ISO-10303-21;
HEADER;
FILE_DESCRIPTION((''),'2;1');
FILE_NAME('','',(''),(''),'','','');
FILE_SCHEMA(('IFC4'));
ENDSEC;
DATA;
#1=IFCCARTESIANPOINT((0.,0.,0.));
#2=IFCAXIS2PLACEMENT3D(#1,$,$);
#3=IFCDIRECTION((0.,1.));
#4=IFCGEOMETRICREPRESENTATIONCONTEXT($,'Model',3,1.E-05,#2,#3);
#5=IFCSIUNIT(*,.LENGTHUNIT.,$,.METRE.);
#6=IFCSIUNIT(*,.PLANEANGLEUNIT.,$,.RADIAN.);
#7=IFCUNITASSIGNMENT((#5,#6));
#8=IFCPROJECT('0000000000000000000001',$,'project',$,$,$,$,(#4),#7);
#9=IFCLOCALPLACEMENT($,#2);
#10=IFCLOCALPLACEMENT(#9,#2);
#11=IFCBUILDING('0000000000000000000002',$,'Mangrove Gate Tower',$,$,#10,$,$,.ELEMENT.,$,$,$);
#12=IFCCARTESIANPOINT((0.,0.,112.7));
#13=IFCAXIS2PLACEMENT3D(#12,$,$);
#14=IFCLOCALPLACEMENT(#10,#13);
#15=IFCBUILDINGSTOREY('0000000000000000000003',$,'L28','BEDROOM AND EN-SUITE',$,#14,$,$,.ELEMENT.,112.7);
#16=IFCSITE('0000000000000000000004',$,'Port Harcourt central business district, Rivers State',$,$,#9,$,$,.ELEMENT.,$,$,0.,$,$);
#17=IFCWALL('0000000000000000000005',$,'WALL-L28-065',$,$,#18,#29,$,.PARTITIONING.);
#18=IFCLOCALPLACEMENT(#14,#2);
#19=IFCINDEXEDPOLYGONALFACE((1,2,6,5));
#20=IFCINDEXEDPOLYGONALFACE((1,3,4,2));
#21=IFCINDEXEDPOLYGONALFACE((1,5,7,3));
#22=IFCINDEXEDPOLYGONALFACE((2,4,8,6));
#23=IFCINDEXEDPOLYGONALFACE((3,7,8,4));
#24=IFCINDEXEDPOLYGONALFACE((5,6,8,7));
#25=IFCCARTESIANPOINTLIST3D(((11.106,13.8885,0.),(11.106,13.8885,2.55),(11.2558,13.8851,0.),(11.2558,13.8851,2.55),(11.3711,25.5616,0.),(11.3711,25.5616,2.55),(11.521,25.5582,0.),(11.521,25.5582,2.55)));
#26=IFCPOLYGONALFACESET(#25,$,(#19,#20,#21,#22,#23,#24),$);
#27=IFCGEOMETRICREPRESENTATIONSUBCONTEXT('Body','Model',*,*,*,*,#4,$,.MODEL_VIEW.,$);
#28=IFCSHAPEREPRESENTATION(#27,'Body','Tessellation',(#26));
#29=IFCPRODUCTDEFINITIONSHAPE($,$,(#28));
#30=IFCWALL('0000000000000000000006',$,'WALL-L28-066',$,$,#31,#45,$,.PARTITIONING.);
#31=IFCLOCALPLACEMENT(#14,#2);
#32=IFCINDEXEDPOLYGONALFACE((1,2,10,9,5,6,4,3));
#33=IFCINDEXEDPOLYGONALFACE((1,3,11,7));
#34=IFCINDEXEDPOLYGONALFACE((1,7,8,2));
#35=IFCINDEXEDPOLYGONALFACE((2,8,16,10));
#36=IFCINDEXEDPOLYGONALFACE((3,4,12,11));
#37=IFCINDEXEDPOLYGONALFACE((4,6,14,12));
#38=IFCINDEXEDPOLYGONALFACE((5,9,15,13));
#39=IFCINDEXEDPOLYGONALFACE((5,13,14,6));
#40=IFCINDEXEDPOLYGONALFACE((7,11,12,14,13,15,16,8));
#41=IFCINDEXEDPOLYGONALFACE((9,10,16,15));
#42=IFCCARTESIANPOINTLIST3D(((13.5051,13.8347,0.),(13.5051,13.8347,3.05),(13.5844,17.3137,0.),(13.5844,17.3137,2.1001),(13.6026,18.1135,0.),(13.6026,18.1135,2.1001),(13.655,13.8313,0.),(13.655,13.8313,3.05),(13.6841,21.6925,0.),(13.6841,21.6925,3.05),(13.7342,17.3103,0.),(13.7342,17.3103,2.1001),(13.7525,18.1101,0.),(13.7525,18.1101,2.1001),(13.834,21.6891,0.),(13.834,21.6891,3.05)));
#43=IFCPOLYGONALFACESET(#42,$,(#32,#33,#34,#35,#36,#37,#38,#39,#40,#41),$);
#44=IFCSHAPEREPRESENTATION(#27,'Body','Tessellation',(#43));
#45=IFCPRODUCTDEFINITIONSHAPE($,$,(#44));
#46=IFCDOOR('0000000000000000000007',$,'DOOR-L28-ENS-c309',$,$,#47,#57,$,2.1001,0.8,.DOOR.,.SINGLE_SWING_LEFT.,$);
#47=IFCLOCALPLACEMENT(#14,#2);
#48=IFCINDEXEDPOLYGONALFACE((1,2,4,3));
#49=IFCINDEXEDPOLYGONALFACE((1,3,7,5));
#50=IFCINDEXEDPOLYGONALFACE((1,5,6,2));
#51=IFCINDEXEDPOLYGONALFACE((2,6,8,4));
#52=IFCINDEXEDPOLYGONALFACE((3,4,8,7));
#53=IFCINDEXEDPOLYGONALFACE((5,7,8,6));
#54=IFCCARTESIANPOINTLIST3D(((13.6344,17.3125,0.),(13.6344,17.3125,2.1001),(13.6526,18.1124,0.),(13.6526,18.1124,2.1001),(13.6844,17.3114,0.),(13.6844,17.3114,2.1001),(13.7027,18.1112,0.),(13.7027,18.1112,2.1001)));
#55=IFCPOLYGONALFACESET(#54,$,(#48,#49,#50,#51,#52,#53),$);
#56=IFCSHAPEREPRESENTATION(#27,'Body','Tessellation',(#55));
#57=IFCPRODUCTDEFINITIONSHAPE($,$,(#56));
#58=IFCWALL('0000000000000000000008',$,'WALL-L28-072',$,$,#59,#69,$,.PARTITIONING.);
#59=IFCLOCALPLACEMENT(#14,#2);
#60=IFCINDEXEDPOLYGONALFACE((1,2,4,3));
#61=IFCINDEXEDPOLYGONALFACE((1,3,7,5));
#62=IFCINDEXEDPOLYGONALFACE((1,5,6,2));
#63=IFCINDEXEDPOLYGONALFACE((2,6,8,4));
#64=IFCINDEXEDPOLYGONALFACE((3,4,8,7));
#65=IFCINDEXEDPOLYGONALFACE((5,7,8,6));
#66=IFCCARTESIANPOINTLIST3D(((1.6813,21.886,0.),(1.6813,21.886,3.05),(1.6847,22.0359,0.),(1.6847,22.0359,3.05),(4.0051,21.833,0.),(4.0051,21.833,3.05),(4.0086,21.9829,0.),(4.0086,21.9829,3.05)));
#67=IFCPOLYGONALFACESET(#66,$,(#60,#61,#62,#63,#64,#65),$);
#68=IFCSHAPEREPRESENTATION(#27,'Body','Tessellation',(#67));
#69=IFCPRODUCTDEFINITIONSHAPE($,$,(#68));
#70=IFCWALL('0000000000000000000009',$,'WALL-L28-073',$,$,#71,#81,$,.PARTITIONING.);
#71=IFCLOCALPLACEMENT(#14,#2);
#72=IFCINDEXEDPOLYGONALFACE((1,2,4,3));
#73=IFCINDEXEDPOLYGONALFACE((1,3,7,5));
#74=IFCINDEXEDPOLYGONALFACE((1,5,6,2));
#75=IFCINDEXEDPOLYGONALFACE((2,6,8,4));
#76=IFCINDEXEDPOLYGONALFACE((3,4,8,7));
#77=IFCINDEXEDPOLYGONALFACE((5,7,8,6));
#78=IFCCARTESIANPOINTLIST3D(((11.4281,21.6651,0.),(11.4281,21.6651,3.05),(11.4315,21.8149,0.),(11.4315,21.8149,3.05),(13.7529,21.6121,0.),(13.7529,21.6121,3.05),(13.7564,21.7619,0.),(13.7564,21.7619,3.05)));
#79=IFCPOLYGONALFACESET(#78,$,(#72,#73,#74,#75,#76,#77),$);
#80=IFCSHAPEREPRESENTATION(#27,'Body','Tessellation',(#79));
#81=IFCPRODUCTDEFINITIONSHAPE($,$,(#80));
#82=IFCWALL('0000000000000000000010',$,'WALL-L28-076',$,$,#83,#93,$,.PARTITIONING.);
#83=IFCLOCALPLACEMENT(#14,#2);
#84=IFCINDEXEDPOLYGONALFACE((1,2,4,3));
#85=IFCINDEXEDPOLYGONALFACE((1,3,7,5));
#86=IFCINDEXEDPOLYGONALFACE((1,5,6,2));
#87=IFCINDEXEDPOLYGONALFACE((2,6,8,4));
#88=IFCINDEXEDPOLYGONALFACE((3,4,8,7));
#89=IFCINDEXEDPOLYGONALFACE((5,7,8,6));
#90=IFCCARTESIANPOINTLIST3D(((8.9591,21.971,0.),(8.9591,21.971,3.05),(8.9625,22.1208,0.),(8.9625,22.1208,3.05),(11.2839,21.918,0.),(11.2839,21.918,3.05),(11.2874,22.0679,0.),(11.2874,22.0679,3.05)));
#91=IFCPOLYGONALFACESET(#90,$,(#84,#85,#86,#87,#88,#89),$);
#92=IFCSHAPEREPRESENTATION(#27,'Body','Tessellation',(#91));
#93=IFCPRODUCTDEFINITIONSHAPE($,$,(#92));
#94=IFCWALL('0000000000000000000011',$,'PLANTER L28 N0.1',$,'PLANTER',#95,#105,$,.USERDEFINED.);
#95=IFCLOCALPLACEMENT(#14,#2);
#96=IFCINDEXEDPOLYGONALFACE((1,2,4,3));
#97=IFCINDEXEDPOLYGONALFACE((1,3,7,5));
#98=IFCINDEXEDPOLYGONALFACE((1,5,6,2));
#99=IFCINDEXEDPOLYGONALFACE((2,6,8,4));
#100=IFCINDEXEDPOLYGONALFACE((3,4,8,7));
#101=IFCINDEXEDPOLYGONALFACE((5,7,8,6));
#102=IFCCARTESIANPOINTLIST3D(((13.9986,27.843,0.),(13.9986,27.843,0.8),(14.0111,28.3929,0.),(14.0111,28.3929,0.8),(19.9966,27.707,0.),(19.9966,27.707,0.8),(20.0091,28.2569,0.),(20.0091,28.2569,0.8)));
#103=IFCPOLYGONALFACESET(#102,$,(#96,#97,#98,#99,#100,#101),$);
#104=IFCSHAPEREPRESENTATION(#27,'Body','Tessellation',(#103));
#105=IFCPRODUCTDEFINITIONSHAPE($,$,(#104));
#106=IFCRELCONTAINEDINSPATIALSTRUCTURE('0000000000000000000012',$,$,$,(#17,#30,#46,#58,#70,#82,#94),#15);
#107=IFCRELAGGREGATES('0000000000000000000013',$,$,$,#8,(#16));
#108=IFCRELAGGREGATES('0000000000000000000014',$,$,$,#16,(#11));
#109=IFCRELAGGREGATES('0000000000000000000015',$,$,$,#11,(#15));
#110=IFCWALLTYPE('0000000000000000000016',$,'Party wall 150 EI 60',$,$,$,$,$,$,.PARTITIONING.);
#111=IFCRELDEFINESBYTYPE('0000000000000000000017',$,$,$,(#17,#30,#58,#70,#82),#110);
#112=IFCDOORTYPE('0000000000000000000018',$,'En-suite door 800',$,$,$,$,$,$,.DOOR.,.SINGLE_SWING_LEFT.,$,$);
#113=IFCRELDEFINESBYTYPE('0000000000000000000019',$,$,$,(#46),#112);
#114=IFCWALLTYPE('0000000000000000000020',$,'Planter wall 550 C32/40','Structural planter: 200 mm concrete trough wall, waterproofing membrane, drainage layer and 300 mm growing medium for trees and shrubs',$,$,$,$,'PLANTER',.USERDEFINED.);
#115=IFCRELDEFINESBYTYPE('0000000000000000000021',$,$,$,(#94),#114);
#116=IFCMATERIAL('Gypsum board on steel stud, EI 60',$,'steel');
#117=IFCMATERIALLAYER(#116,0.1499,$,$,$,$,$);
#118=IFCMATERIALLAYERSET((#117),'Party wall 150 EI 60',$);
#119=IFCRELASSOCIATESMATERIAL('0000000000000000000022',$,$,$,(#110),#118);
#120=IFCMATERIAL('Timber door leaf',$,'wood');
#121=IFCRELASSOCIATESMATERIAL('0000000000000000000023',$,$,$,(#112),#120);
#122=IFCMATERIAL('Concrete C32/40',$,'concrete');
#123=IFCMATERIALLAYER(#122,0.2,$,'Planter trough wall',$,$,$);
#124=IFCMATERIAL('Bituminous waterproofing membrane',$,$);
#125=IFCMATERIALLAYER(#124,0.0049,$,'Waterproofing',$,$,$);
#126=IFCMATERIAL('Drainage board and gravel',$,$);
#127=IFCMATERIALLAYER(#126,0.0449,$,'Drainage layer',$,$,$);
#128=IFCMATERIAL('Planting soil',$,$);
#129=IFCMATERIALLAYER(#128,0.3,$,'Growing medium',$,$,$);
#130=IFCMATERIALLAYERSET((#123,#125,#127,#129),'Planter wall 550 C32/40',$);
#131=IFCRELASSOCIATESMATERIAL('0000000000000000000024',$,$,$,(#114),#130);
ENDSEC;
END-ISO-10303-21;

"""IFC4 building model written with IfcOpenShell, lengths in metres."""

from ifc_helpers import new_model, si_unit, direction, frame, frame_2d, origin, place, context, subcontext, project, spatial, rectangle, extrude, material, layer, layer_set, type_object, element, fill, save


model = new_model("IFC4")

# Units and contexts
model_context = context("Model", 3, precision=1e-05, world=origin(), true_north=direction((0.0, 1.0)))
body_context = subcontext(model_context, "Body", "Model", "MODEL_VIEW")
ifc_project = project(units=[si_unit("LENGTHUNIT", "METRE"), si_unit("PLANEANGLEUNIT", "RADIAN")], contexts=[model_context])

# Site, building, storey
site_placement = place(None, origin())
site = spatial("IfcSite", under=ifc_project, at=site_placement, Name="Port Harcourt central business district, Rivers State", CompositionType="ELEMENT", RefElevation=0.0)
building_placement = place(site_placement, origin())
building = spatial("IfcBuilding", under=site, at=building_placement, Name="Mangrove Gate Tower", CompositionType="ELEMENT")
storey_placement = place(building_placement, frame((0.0, 0.0, 112.7)))
storey = spatial("IfcBuildingStorey", under=building, at=storey_placement, Name="L28", Description="BEDROOM AND EN-SUITE", CompositionType="ELEMENT", Elevation=112.7)

# Shared definitions
ifc_material_1 = material(Name="Gypsum board on steel stud, EI 60", Category="steel")
ifc_layer_1 = layer(ifc_material_1, 0.1499)
ifc_layer_set_1 = layer_set([ifc_layer_1], Name="Party wall 150 EI 60")
wall_type_1 = type_object("IfcWallType", Name="Party wall 150 EI 60", PredefinedType="PARTITIONING", material=ifc_layer_set_1)

# Shared definitions
ifc_material_2 = material(Name="Timber door leaf", Category="wood")
door_type = type_object("IfcDoorType", Name="En-suite door 800", OperationType="SINGLE_SWING_LEFT", PredefinedType="DOOR", material=ifc_material_2)

# Wall
wall_1_placement = place(storey_placement, frame((11.1809, 13.887, 0.0), z_axis=(0.0, 0.0, 1.0), x_axis=(0.022708, 0.999742, 0.0)))
element("IfcWall", 1, at=wall_1_placement, inside=storey, type_object=wall_type_1, Name="WALL-L28-065", PredefinedType="PARTITIONING", context=body_context, shape_type="SweptSolid", body=[
    extrude(rectangle(XDim=11.676, YDim=0.1499, at=frame_2d((5.8379, 0.0))), origin(), (0.0, 0.0, 1.0), 2.55),
])

# Wall, opening, door
wall_2_placement = place(storey_placement, frame((13.5801, 13.833, 0.0), z_axis=(0.0, 0.0, 1.0), x_axis=(0.022768, 0.999741, 0.0)))
wall_2 = element("IfcWall", 2, at=wall_2_placement, inside=storey, type_object=wall_type_1, Name="WALL-L28-066", PredefinedType="PARTITIONING", context=body_context, shape_type="SweptSolid", body=[
    extrude(rectangle(XDim=7.8599, YDim=0.1499, at=frame_2d((3.9299, 0.0))), origin(), (0.0, 0.0, 1.0), 3.05),
])
opening_1_placement = place(wall_2_placement, frame((3.48, 0.0, 0.0)))
opening_1 = element("IfcOpeningElement", 3, at=opening_1_placement, cuts=wall_2, PredefinedType="OPENING", context=body_context, shape_type="SweptSolid", body=[
    extrude(rectangle(XDim=0.8, YDim=2.1001, at=frame_2d((0.3999, 1.05))), frame((0.0, 0.085, 0.0), z_axis=(0.0, -1.0, 0.0), x_axis=(1.0, 0.0, 0.0)), (0.0, 0.0, 1.0), 0.1699),
])
door_1_placement = place(opening_1_placement, origin())
door_1 = element("IfcDoor", 4, at=door_1_placement, inside=storey, type_object=door_type, Name="DOOR-L28-ENS-c309", OperationType="SINGLE_SWING_LEFT", OverallHeight=2.1001, OverallWidth=0.8, PredefinedType="DOOR", context=body_context, shape_type="SweptSolid", body=[
    extrude(rectangle(XDim=0.8, YDim=2.1001, at=frame_2d((0.3999, 1.05))), frame((0.0, 0.0249, 0.0), z_axis=(0.0, -1.0, 0.0), x_axis=(1.0, 0.0, 0.0)), (0.0, 0.0, 1.0), 0.05),
])
fill(opening_1, door_1)

# Walls
wall_3_placement = place(storey_placement, frame((1.6831, 21.9609, 0.0), z_axis=(0.0, 0.0, 1.0), x_axis=(0.99974, -0.022791, 0.0)))
element("IfcWall", 5, at=wall_3_placement, inside=storey, type_object=wall_type_1, Name="WALL-L28-072", PredefinedType="PARTITIONING", context=body_context, shape_type="SweptSolid", body=[
    extrude(rectangle(XDim=2.3245, YDim=0.1499, at=frame_2d((1.1621, 0.0))), origin(), (0.0, 0.0, 1.0), 3.05),
])
for number, where, z_axis, x_axis, name in (
    (6, (11.4299, 21.74, 0.0), (0.0, 0.0, 1.0), (0.99974, -0.022781, 0.0), "WALL-L28-073"),
    (7, (8.9609, 22.0459, 0.0), (0.0, 0.0, 1.0), (0.99974, -0.022781, 0.0), "WALL-L28-076"),
):
    element("IfcWall", number, at=place(storey_placement, frame(where, z_axis=z_axis, x_axis=x_axis)), inside=storey, type_object=wall_type_1, Name=name, PredefinedType="PARTITIONING", context=body_context, shape_type="SweptSolid", body=[
        extrude(rectangle(XDim=2.3254, YDim=0.1499, at=frame_2d((1.1626, 0.0))), origin(), (0.0, 0.0, 1.0), 3.05),
    ])
ifc_material_3 = material(Name="Concrete C32/40", Category="concrete")
ifc_layer_2 = layer(ifc_material_3, 0.2, Name="Planter trough wall")
ifc_material_4 = material(Name="Bituminous waterproofing membrane")
ifc_layer_3 = layer(ifc_material_4, 0.0049, Name="Waterproofing")
ifc_material_5 = material(Name="Drainage board and gravel")
ifc_layer_4 = layer(ifc_material_5, 0.0449, Name="Drainage layer")
ifc_material_6 = material(Name="Planting soil")
ifc_layer_5 = layer(ifc_material_6, 0.3, Name="Growing medium")
ifc_layer_set_2 = layer_set([ifc_layer_2, ifc_layer_3, ifc_layer_4, ifc_layer_5], Name="Planter wall 550 C32/40")
wall_type_2 = type_object("IfcWallType", Name="Planter wall 550 C32/40", Description="Structural planter: 200 mm concrete trough wall, waterproofing membrane, drainage layer and 300 mm growing medium for trees and shrubs", ElementType="PLANTER", PredefinedType="USERDEFINED", material=ifc_layer_set_2)
wall_4_placement = place(storey_placement, frame((14.0049, 28.1179, 0.0), z_axis=(0.0, 0.0, 1.0), x_axis=(0.999743, -0.022666, 0.0)))
element("IfcWall", 8, at=wall_4_placement, inside=storey, type_object=wall_type_2, Name="PLANTER L28 N0.1", ObjectType="PLANTER", PredefinedType="USERDEFINED", context=body_context, shape_type="SweptSolid", body=[
    extrude(rectangle(XDim=5.9995, YDim=0.55, at=frame_2d((2.9998, 0.0))), origin(), (0.0, 0.0, 1.0), 0.8),
])

save(model, "model.ifc")
